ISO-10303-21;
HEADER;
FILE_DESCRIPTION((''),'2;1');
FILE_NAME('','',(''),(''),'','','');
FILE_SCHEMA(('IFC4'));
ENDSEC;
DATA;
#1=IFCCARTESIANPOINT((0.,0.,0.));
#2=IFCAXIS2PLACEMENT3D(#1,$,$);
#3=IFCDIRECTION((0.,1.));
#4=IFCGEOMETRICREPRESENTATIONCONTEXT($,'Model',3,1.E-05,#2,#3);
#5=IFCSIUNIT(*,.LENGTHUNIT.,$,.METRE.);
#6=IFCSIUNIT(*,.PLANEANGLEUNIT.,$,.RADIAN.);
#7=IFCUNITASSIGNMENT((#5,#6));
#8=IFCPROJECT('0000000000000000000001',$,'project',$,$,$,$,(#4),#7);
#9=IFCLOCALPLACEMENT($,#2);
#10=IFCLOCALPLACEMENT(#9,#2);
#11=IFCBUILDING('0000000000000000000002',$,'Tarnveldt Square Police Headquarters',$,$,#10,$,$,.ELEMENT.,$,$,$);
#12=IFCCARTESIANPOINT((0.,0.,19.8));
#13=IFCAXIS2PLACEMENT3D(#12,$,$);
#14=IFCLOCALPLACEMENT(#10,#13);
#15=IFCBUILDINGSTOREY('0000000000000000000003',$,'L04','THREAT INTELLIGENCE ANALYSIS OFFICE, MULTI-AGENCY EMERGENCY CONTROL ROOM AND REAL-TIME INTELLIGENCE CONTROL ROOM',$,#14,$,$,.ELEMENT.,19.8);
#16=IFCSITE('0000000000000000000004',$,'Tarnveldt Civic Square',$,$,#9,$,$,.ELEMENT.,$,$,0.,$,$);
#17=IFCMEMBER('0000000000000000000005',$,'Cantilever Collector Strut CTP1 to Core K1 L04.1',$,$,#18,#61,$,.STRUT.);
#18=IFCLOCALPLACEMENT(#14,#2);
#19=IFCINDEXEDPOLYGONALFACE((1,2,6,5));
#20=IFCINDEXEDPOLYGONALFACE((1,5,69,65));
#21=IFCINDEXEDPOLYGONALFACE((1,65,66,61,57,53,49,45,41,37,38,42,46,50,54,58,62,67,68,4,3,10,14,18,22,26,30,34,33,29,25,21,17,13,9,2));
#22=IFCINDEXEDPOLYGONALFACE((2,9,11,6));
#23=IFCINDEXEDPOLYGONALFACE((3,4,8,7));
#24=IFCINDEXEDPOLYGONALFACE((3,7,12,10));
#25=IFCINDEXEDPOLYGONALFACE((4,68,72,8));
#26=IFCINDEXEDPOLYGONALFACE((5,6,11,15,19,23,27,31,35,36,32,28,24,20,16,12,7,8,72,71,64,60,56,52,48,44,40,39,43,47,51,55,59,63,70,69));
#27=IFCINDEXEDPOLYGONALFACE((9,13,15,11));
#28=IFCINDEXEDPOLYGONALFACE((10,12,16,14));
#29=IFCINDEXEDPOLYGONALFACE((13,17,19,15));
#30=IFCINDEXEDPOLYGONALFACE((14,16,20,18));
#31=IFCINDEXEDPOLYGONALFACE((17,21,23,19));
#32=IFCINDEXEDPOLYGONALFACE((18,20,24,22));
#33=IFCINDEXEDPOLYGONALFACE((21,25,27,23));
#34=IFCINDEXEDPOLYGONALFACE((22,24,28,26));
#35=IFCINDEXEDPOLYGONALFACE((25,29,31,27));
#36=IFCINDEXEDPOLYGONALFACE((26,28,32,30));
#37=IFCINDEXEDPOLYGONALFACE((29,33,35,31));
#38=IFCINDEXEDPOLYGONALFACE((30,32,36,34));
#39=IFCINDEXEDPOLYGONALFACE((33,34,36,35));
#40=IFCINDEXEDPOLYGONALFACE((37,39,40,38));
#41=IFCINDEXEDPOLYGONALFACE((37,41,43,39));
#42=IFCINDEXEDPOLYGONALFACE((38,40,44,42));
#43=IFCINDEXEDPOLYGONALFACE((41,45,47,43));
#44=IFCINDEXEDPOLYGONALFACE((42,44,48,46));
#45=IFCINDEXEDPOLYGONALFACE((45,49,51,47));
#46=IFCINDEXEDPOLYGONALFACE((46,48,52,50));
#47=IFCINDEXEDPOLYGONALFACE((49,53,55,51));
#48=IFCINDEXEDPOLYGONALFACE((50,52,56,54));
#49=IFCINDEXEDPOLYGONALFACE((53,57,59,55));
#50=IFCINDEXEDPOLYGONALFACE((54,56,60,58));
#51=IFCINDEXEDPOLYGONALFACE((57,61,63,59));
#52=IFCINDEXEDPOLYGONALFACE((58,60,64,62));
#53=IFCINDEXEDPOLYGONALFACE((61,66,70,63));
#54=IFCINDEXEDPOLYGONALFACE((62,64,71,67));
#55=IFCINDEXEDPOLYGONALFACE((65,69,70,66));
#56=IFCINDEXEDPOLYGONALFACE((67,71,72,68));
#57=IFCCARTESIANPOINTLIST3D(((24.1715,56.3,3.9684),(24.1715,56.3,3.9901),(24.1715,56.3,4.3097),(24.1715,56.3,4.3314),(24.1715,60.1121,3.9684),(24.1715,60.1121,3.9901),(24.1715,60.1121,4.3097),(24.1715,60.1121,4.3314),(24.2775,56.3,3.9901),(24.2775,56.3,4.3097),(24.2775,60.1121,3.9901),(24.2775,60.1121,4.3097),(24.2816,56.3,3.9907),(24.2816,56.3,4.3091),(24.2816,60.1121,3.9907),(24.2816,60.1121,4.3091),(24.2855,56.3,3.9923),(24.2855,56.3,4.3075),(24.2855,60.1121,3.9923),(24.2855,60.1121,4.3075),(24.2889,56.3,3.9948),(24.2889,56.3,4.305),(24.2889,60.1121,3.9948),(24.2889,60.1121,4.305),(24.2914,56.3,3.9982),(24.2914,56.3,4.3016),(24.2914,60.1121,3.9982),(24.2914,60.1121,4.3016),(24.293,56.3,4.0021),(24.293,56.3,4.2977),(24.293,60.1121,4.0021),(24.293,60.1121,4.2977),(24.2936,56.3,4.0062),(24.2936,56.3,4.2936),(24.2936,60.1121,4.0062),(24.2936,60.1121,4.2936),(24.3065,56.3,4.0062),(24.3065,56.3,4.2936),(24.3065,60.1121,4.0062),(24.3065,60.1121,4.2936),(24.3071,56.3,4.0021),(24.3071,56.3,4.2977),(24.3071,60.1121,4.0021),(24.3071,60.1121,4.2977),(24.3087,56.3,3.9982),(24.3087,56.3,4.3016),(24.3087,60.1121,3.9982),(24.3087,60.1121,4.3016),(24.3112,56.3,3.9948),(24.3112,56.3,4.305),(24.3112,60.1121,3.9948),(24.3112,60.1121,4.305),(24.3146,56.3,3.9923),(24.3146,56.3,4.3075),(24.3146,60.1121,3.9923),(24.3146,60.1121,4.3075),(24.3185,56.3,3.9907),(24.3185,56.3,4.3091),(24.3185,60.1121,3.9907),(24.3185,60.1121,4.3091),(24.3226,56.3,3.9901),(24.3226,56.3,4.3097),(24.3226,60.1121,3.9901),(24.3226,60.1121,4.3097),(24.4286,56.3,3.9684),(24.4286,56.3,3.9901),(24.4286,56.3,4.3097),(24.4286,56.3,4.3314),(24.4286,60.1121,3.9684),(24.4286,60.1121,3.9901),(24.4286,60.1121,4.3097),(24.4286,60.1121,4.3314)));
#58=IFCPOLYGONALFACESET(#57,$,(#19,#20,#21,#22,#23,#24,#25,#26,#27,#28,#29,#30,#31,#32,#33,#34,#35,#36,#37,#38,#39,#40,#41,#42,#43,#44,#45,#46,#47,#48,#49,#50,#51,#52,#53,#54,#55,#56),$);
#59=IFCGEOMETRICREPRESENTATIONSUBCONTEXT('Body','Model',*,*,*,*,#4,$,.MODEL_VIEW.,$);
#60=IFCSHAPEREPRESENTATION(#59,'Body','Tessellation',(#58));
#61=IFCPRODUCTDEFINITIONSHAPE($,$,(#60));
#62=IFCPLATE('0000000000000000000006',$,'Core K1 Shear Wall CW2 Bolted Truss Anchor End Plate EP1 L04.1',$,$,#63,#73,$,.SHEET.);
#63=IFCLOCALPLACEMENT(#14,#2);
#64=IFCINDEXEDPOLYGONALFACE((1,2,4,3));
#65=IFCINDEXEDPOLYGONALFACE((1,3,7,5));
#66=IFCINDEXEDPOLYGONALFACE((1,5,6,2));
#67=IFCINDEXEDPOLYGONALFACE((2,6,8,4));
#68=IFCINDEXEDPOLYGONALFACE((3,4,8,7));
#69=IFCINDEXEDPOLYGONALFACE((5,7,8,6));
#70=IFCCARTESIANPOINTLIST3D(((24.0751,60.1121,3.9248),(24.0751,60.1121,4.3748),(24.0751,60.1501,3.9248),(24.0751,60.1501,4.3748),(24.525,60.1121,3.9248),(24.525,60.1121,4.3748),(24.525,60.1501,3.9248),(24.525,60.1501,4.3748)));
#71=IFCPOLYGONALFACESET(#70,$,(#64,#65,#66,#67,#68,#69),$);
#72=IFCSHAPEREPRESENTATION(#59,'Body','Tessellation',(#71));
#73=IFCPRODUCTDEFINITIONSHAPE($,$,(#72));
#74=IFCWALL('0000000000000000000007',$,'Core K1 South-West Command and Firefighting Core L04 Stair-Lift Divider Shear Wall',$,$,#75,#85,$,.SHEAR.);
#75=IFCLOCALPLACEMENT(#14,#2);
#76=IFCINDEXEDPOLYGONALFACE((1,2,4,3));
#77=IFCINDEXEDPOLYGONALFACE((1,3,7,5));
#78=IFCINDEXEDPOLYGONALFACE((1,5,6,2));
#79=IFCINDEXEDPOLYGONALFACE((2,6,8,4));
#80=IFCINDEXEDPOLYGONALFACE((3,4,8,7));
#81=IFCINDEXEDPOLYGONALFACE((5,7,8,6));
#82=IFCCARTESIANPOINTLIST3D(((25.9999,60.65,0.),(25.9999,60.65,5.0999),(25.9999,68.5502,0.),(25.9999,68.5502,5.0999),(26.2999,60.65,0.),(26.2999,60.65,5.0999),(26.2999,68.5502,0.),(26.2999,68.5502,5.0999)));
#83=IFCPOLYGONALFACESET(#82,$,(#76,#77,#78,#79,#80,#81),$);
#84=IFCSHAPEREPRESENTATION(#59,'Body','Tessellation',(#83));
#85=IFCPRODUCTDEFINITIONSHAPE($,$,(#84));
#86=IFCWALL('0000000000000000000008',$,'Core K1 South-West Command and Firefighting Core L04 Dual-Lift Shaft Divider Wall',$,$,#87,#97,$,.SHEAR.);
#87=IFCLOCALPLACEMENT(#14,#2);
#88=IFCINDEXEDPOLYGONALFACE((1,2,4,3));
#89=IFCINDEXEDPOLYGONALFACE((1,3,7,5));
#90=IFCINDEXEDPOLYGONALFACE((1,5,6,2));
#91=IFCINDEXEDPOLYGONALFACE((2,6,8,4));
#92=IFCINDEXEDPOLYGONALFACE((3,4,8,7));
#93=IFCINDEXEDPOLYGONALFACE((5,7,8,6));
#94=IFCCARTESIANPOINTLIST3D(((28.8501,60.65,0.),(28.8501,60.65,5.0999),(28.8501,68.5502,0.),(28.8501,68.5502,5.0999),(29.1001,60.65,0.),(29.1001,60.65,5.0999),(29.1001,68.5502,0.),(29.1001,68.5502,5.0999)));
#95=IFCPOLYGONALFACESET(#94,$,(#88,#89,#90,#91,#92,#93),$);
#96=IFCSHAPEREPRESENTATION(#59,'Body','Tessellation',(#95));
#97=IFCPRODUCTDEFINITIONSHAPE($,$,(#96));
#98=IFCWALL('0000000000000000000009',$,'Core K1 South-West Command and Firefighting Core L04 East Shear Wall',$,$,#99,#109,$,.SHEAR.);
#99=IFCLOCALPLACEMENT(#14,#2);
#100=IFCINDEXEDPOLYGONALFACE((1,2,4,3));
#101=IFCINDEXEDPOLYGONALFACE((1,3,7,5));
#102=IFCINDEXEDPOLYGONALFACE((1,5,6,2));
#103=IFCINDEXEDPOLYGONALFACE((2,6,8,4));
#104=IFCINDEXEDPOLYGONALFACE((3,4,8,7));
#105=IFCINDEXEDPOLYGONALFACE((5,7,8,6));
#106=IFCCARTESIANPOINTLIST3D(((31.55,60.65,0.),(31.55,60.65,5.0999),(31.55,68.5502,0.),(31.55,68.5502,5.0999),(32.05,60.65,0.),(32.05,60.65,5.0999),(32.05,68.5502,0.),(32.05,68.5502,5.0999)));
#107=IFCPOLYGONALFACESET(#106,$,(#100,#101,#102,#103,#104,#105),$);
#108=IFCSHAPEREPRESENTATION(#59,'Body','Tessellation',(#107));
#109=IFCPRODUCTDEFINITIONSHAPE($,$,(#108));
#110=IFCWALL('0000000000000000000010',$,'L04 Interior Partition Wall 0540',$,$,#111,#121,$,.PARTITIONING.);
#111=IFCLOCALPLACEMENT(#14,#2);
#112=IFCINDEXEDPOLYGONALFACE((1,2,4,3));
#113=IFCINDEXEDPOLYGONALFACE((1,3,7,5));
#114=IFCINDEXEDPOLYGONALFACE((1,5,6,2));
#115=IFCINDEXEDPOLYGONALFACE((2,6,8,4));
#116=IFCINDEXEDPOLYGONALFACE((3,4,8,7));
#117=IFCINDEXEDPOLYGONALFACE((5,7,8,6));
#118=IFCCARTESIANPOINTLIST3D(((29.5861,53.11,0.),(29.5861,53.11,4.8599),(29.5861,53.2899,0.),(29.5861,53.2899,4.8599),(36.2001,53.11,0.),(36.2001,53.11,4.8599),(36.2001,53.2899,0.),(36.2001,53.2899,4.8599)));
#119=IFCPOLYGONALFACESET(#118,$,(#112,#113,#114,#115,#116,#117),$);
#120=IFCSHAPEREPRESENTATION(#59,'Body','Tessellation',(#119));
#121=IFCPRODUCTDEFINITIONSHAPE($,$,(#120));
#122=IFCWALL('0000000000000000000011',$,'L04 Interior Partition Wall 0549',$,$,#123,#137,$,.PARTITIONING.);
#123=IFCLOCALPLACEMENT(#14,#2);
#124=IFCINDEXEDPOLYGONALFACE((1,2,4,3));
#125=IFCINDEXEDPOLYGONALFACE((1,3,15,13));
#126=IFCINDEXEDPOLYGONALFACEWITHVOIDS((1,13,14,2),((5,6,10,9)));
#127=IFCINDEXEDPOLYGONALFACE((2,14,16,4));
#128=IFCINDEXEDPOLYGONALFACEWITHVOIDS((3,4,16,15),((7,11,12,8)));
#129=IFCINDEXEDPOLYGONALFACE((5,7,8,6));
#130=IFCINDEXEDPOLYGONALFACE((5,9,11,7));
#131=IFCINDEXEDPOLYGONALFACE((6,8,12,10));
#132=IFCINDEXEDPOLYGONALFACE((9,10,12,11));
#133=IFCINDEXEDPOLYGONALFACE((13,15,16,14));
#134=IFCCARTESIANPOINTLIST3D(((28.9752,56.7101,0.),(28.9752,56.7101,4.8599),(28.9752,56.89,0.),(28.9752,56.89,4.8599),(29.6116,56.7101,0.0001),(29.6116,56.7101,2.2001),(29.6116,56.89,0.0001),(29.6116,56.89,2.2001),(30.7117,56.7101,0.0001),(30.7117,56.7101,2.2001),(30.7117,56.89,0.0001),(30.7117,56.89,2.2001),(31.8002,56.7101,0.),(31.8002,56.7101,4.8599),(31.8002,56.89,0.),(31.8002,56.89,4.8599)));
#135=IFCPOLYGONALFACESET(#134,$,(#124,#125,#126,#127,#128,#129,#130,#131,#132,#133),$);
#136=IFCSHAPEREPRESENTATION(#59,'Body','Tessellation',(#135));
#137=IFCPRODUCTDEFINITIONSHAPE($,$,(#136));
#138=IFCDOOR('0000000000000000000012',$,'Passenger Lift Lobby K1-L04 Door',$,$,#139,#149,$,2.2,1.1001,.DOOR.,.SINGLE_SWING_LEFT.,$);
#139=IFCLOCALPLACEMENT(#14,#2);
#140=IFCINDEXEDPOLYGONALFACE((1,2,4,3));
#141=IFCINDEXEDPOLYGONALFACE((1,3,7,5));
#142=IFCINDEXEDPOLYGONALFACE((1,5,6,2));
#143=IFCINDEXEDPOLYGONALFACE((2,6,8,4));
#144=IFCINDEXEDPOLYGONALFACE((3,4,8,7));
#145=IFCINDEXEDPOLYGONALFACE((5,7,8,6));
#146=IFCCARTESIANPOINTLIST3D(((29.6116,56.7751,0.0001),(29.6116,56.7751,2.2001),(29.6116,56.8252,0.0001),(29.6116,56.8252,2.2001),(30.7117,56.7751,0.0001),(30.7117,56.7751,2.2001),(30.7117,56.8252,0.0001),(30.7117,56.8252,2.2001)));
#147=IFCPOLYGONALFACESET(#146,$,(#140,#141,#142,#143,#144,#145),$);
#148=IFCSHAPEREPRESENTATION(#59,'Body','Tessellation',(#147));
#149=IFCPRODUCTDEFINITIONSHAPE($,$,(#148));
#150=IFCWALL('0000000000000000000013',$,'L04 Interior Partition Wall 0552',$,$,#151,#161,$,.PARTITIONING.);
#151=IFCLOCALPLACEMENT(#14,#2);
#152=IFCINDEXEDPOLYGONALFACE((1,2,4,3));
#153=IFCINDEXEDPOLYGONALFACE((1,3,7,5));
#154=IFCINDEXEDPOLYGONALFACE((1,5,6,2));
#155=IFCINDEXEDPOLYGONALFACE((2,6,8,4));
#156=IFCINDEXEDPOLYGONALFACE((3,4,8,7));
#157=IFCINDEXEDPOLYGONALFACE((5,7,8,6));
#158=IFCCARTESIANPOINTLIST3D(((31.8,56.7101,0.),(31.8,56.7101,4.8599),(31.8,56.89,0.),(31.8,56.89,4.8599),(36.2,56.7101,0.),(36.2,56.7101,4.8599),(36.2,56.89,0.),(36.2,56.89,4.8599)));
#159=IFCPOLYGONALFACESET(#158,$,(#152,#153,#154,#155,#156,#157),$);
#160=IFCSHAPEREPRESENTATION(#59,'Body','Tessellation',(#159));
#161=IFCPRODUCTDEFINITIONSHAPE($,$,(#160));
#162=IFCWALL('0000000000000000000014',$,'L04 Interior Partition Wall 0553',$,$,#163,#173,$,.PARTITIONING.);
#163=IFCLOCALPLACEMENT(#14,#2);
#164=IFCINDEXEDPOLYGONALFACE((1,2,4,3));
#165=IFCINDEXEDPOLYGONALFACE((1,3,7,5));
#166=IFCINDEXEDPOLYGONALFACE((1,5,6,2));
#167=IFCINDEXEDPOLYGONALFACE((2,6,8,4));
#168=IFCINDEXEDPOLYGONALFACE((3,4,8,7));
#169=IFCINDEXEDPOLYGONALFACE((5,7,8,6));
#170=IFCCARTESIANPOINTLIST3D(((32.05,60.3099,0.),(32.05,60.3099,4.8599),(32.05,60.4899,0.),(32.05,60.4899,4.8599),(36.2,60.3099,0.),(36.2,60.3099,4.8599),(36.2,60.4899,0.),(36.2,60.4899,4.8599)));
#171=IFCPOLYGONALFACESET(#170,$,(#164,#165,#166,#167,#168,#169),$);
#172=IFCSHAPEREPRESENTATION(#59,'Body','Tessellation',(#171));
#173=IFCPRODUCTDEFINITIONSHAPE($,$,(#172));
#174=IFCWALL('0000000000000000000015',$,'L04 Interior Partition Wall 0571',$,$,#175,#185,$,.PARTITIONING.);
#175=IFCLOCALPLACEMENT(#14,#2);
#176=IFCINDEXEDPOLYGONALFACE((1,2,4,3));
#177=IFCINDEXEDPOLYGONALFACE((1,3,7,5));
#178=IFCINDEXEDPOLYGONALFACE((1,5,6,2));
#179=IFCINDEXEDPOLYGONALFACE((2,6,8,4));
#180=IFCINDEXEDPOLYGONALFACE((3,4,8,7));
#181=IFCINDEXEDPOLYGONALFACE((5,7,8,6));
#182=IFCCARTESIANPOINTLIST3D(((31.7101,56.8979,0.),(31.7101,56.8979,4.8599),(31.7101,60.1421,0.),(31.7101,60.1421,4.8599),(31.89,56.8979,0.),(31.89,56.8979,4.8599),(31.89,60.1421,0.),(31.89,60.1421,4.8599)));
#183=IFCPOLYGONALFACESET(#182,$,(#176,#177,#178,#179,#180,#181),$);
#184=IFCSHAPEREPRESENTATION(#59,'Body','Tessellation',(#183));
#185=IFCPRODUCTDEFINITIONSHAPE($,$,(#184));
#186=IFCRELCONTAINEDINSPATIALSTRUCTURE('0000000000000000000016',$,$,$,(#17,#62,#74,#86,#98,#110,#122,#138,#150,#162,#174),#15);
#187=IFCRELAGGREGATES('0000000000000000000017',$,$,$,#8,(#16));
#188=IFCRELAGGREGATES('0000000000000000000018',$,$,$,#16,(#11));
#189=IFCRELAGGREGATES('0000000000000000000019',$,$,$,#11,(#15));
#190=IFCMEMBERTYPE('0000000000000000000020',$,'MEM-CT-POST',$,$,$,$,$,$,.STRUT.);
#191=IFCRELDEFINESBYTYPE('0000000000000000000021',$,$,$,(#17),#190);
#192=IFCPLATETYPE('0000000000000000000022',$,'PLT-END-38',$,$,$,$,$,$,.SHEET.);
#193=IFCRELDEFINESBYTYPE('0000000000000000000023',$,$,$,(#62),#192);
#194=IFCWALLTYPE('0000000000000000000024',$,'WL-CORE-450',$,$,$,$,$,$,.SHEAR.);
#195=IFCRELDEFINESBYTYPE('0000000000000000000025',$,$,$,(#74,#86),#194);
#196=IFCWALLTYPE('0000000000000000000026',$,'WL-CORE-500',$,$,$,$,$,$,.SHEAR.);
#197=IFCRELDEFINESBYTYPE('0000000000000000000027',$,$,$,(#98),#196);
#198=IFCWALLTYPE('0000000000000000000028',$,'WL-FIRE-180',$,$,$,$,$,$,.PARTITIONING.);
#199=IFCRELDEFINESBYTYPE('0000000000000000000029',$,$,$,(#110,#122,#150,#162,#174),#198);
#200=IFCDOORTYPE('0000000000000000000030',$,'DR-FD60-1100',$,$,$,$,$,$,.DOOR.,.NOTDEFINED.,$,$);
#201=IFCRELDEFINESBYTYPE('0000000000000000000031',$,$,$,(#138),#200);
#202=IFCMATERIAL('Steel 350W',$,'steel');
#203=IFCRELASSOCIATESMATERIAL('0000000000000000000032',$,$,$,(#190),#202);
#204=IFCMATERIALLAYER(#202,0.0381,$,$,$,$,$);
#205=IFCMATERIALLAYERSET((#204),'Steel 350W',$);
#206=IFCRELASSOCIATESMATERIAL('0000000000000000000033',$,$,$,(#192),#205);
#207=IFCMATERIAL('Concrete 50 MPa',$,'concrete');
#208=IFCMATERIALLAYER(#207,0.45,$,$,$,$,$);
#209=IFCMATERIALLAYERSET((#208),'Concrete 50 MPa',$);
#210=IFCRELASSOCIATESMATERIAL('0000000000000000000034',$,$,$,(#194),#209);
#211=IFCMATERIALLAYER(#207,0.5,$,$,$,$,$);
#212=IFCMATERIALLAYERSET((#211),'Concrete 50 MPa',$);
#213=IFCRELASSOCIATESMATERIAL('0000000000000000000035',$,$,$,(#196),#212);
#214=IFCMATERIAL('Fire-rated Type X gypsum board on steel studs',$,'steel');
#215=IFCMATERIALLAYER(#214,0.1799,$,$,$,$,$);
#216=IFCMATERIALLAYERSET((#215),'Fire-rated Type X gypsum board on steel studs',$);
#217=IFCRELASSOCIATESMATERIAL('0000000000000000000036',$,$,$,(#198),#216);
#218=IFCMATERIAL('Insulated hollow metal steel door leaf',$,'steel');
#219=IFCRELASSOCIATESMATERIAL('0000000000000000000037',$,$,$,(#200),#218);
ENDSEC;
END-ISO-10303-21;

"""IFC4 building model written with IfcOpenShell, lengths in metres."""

from ifc_helpers import new_model, si_unit, direction, frame, frame_2d, origin, origin_2d, place, context, subcontext, project, spatial, rectangle, i_section, extrude, material, layer, layer_set, material_profile, profile_set, type_object, element, fill, save


model = new_model("IFC4")

# Units and contexts
model_context = context("Model", 3, precision=1e-05, world=origin(), true_north=direction((0.0, 1.0)))
body_context = subcontext(model_context, "Body", "Model", "MODEL_VIEW")
ifc_project = project(units=[si_unit("LENGTHUNIT", "METRE"), si_unit("PLANEANGLEUNIT", "RADIAN")], contexts=[model_context])

# Site, building, storey
site_placement = place(None, origin())
site = spatial("IfcSite", under=ifc_project, at=site_placement, Name="Tarnveldt Civic Square", CompositionType="ELEMENT", RefElevation=0.0)
building_placement = place(site_placement, origin())
building = spatial("IfcBuilding", under=site, at=building_placement, Name="Tarnveldt Square Police Headquarters", CompositionType="ELEMENT")
storey_placement = place(building_placement, frame((0.0, 0.0, 19.8)))
storey = spatial("IfcBuildingStorey", under=building, at=storey_placement, Name="L04", Description="THREAT INTELLIGENCE ANALYSIS OFFICE, MULTI-AGENCY EMERGENCY CONTROL ROOM AND REAL-TIME INTELLIGENCE CONTROL ROOM", CompositionType="ELEMENT", Elevation=19.8)

# Shared definitions
ifc_material_1 = material(Name="Steel 350W", Category="steel")

# Member
ifc_material_profile_1 = material_profile(ifc_material_1, i_section(OverallWidth=0.2571, OverallDepth=0.363, WebThickness=0.0129, FlangeThickness=0.0217, FilletRadius=0.0161, at=origin_2d()), Name="W360x122")
ifc_profile_set_1 = profile_set([ifc_material_profile_1], Name="Steel 350W")
member_type = type_object("IfcMemberType", Name="MEM-CT-POST", PredefinedType="STRUT", material=ifc_profile_set_1)
member_placement = place(storey_placement, frame((24.3, 56.3, 4.1499), z_axis=(0.0, 1.0, 0.0), x_axis=(-1.0, 0.0, 0.0)))
element("IfcMember", 1, at=member_placement, inside=storey, type_object=member_type, Name="Cantilever Collector Strut CTP1 to Core K1 L04.1", PredefinedType="STRUT", context=body_context, shape_type="SweptSolid", body=[
    extrude(i_section(OverallWidth=0.2571, OverallDepth=0.363, WebThickness=0.0129, FlangeThickness=0.0217, FilletRadius=0.0161, at=origin_2d()), origin(), (0.0, 0.0, 1.0), 3.812),
])

# Plate
ifc_layer_1 = layer(ifc_material_1, 0.0381)
ifc_layer_set_1 = layer_set([ifc_layer_1], Name="Steel 350W")
plate_type = type_object("IfcPlateType", Name="PLT-END-38", PredefinedType="SHEET", material=ifc_layer_set_1)
plate_placement = place(storey_placement, frame((24.3, 60.1311, 3.9248), z_axis=(0.0, 0.0, 1.0), x_axis=(1.0, 0.0, 0.0)))
element("IfcPlate", 2, at=plate_placement, inside=storey, type_object=plate_type, Name="Core K1 Shear Wall CW2 Bolted Truss Anchor End Plate EP1 L04.1", PredefinedType="SHEET", context=body_context, shape_type="SweptSolid", body=[
    extrude(rectangle(XDim=0.45, YDim=0.0381, at=origin_2d()), origin(), (0.0, 0.0, 1.0), 0.45),
])

# Walls
ifc_material_2 = material(Name="Concrete 50 MPa", Category="concrete")
ifc_layer_2 = layer(ifc_material_2, 0.45)
ifc_layer_set_2 = layer_set([ifc_layer_2], Name="Concrete 50 MPa")
wall_type_1 = type_object("IfcWallType", Name="WL-CORE-450", PredefinedType="SHEAR", material=ifc_layer_set_2)
wall_1_placement = place(storey_placement, frame((26.1499, 60.6499, 0.0), z_axis=(0.0, 0.0, 1.0), x_axis=(0.0, 1.0, 0.0)))
element("IfcWall", 3, at=wall_1_placement, inside=storey, type_object=wall_type_1, Name="Core K1 South-West Command and Firefighting Core L04 Stair-Lift Divider Shear Wall", PredefinedType="SHEAR", context=body_context, shape_type="SweptSolid", body=[
    extrude(rectangle(XDim=7.9001, YDim=0.3, at=frame_2d((3.9502, 0.0))), origin(), (0.0, 0.0, 1.0), 5.0999),
])
wall_2_placement = place(storey_placement, frame((28.9751, 60.6499, 0.0), z_axis=(0.0, 0.0, 1.0), x_axis=(0.0, 1.0, 0.0)))
element("IfcWall", 4, at=wall_2_placement, inside=storey, type_object=wall_type_1, Name="Core K1 South-West Command and Firefighting Core L04 Dual-Lift Shaft Divider Wall", PredefinedType="SHEAR", context=body_context, shape_type="SweptSolid", body=[
    extrude(rectangle(XDim=7.9001, YDim=0.25, at=frame_2d((3.9502, 0.0))), origin(), (0.0, 0.0, 1.0), 5.0999),
])
ifc_layer_3 = layer(ifc_material_2, 0.5)
ifc_layer_set_3 = layer_set([ifc_layer_3], Name="Concrete 50 MPa")
wall_type_2 = type_object("IfcWallType", Name="WL-CORE-500", PredefinedType="SHEAR", material=ifc_layer_set_3)
wall_3_placement = place(storey_placement, frame((31.8, 60.6499, 0.0), z_axis=(0.0, 0.0, 1.0), x_axis=(0.0, 1.0, 0.0)))
element("IfcWall", 5, at=wall_3_placement, inside=storey, type_object=wall_type_2, Name="Core K1 South-West Command and Firefighting Core L04 East Shear Wall", PredefinedType="SHEAR", context=body_context, shape_type="SweptSolid", body=[
    extrude(rectangle(XDim=7.9001, YDim=0.5, at=frame_2d((3.9502, 0.0))), origin(), (0.0, 0.0, 1.0), 5.0999),
])
ifc_material_3 = material(Name="Fire-rated Type X gypsum board on steel studs", Category="steel")
ifc_layer_4 = layer(ifc_material_3, 0.1799)
ifc_layer_set_4 = layer_set([ifc_layer_4], Name="Fire-rated Type X gypsum board on steel studs")
wall_type_3 = type_object("IfcWallType", Name="WL-FIRE-180", PredefinedType="PARTITIONING", material=ifc_layer_set_4)
wall_4_placement = place(storey_placement, frame((29.5859, 53.2, 0.0), z_axis=(0.0, 0.0, 1.0), x_axis=(1.0, 0.0, 0.0)))
element("IfcWall", 6, at=wall_4_placement, inside=storey, type_object=wall_type_3, Name="L04 Interior Partition Wall 0540", PredefinedType="PARTITIONING", context=body_context, shape_type="SweptSolid", body=[
    extrude(rectangle(XDim=6.614, YDim=0.1799, at=frame_2d((3.3071, 0.0))), origin(), (0.0, 0.0, 1.0), 4.8599),
])

# Wall, opening, door
wall_5_placement = place(storey_placement, frame((28.9751, 56.8, 0.0), z_axis=(0.0, 0.0, 1.0), x_axis=(1.0, 0.0, 0.0)))
wall_5 = element("IfcWall", 7, at=wall_5_placement, inside=storey, type_object=wall_type_3, Name="L04 Interior Partition Wall 0549", PredefinedType="PARTITIONING", context=body_context, shape_type="SweptSolid", body=[
    extrude(rectangle(XDim=2.825, YDim=0.1799, at=frame_2d((1.4126, 0.0))), origin(), (0.0, 0.0, 1.0), 4.8599),
])
opening_1_placement = place(wall_5_placement, frame((0.6365, 0.0, 0.0)))
opening_1 = element("IfcOpeningElement", 8, at=opening_1_placement, cuts=wall_5, PredefinedType="OPENING", context=body_context, shape_type="SweptSolid", body=[
    extrude(rectangle(XDim=1.1001, YDim=2.2, at=frame_2d((0.55, 1.1001))), frame((0.0, 0.0999, 0.0), z_axis=(0.0, -1.0, 0.0), x_axis=(1.0, 0.0, 0.0)), (0.0, 0.0, 1.0), 0.2),
])
ifc_material_4 = material(Name="Insulated hollow metal steel door leaf", Category="steel")
door_type = type_object("IfcDoorType", Name="DR-FD60-1100", OperationType="NOTDEFINED", PredefinedType="DOOR", material=ifc_material_4)
door_1_placement = place(opening_1_placement, frame((1.1001, 0.0, 0.0), z_axis=(0.0, 0.0, 1.0), x_axis=(-1.0, 0.0, 0.0)))
door_1 = element("IfcDoor", 9, at=door_1_placement, inside=storey, type_object=door_type, Name="Passenger Lift Lobby K1-L04 Door", OperationType="SINGLE_SWING_LEFT", OverallHeight=2.2, OverallWidth=1.1001, PredefinedType="DOOR", context=body_context, shape_type="SweptSolid", body=[
    extrude(rectangle(XDim=1.1001, YDim=2.2, at=frame_2d((0.55, 1.1001))), frame((0.0, 0.0249, 0.0), z_axis=(0.0, -1.0, 0.0), x_axis=(1.0, 0.0, 0.0)), (0.0, 0.0, 1.0), 0.05),
])
fill(opening_1, door_1)

# Walls
wall_6_placement = place(storey_placement, frame((31.8, 56.8, 0.0), z_axis=(0.0, 0.0, 1.0), x_axis=(1.0, 0.0, 0.0)))
element("IfcWall", 10, at=wall_6_placement, inside=storey, type_object=wall_type_3, Name="L04 Interior Partition Wall 0552", PredefinedType="PARTITIONING", context=body_context, shape_type="SweptSolid", body=[
    extrude(rectangle(XDim=4.3999, YDim=0.1799, at=frame_2d((2.2, 0.0))), origin(), (0.0, 0.0, 1.0), 4.8599),
])
wall_7_placement = place(storey_placement, frame((32.05, 60.3999, 0.0), z_axis=(0.0, 0.0, 1.0), x_axis=(1.0, 0.0, 0.0)))
element("IfcWall", 11, at=wall_7_placement, inside=storey, type_object=wall_type_3, Name="L04 Interior Partition Wall 0553", PredefinedType="PARTITIONING", context=body_context, shape_type="SweptSolid", body=[
    extrude(rectangle(XDim=4.1499, YDim=0.1799, at=frame_2d((2.075, 0.0))), origin(), (0.0, 0.0, 1.0), 4.8599),
])
wall_8_placement = place(storey_placement, frame((31.8, 56.8979, 0.0), z_axis=(0.0, 0.0, 1.0), x_axis=(0.0, 1.0, 0.0)))
element("IfcWall", 12, at=wall_8_placement, inside=storey, type_object=wall_type_3, Name="L04 Interior Partition Wall 0571", PredefinedType="PARTITIONING", context=body_context, shape_type="SweptSolid", body=[
    extrude(rectangle(XDim=3.2441, YDim=0.1799, at=frame_2d((1.6221, 0.0))), origin(), (0.0, 0.0, 1.0), 4.8599),
])

save(model, "model.ifc")
